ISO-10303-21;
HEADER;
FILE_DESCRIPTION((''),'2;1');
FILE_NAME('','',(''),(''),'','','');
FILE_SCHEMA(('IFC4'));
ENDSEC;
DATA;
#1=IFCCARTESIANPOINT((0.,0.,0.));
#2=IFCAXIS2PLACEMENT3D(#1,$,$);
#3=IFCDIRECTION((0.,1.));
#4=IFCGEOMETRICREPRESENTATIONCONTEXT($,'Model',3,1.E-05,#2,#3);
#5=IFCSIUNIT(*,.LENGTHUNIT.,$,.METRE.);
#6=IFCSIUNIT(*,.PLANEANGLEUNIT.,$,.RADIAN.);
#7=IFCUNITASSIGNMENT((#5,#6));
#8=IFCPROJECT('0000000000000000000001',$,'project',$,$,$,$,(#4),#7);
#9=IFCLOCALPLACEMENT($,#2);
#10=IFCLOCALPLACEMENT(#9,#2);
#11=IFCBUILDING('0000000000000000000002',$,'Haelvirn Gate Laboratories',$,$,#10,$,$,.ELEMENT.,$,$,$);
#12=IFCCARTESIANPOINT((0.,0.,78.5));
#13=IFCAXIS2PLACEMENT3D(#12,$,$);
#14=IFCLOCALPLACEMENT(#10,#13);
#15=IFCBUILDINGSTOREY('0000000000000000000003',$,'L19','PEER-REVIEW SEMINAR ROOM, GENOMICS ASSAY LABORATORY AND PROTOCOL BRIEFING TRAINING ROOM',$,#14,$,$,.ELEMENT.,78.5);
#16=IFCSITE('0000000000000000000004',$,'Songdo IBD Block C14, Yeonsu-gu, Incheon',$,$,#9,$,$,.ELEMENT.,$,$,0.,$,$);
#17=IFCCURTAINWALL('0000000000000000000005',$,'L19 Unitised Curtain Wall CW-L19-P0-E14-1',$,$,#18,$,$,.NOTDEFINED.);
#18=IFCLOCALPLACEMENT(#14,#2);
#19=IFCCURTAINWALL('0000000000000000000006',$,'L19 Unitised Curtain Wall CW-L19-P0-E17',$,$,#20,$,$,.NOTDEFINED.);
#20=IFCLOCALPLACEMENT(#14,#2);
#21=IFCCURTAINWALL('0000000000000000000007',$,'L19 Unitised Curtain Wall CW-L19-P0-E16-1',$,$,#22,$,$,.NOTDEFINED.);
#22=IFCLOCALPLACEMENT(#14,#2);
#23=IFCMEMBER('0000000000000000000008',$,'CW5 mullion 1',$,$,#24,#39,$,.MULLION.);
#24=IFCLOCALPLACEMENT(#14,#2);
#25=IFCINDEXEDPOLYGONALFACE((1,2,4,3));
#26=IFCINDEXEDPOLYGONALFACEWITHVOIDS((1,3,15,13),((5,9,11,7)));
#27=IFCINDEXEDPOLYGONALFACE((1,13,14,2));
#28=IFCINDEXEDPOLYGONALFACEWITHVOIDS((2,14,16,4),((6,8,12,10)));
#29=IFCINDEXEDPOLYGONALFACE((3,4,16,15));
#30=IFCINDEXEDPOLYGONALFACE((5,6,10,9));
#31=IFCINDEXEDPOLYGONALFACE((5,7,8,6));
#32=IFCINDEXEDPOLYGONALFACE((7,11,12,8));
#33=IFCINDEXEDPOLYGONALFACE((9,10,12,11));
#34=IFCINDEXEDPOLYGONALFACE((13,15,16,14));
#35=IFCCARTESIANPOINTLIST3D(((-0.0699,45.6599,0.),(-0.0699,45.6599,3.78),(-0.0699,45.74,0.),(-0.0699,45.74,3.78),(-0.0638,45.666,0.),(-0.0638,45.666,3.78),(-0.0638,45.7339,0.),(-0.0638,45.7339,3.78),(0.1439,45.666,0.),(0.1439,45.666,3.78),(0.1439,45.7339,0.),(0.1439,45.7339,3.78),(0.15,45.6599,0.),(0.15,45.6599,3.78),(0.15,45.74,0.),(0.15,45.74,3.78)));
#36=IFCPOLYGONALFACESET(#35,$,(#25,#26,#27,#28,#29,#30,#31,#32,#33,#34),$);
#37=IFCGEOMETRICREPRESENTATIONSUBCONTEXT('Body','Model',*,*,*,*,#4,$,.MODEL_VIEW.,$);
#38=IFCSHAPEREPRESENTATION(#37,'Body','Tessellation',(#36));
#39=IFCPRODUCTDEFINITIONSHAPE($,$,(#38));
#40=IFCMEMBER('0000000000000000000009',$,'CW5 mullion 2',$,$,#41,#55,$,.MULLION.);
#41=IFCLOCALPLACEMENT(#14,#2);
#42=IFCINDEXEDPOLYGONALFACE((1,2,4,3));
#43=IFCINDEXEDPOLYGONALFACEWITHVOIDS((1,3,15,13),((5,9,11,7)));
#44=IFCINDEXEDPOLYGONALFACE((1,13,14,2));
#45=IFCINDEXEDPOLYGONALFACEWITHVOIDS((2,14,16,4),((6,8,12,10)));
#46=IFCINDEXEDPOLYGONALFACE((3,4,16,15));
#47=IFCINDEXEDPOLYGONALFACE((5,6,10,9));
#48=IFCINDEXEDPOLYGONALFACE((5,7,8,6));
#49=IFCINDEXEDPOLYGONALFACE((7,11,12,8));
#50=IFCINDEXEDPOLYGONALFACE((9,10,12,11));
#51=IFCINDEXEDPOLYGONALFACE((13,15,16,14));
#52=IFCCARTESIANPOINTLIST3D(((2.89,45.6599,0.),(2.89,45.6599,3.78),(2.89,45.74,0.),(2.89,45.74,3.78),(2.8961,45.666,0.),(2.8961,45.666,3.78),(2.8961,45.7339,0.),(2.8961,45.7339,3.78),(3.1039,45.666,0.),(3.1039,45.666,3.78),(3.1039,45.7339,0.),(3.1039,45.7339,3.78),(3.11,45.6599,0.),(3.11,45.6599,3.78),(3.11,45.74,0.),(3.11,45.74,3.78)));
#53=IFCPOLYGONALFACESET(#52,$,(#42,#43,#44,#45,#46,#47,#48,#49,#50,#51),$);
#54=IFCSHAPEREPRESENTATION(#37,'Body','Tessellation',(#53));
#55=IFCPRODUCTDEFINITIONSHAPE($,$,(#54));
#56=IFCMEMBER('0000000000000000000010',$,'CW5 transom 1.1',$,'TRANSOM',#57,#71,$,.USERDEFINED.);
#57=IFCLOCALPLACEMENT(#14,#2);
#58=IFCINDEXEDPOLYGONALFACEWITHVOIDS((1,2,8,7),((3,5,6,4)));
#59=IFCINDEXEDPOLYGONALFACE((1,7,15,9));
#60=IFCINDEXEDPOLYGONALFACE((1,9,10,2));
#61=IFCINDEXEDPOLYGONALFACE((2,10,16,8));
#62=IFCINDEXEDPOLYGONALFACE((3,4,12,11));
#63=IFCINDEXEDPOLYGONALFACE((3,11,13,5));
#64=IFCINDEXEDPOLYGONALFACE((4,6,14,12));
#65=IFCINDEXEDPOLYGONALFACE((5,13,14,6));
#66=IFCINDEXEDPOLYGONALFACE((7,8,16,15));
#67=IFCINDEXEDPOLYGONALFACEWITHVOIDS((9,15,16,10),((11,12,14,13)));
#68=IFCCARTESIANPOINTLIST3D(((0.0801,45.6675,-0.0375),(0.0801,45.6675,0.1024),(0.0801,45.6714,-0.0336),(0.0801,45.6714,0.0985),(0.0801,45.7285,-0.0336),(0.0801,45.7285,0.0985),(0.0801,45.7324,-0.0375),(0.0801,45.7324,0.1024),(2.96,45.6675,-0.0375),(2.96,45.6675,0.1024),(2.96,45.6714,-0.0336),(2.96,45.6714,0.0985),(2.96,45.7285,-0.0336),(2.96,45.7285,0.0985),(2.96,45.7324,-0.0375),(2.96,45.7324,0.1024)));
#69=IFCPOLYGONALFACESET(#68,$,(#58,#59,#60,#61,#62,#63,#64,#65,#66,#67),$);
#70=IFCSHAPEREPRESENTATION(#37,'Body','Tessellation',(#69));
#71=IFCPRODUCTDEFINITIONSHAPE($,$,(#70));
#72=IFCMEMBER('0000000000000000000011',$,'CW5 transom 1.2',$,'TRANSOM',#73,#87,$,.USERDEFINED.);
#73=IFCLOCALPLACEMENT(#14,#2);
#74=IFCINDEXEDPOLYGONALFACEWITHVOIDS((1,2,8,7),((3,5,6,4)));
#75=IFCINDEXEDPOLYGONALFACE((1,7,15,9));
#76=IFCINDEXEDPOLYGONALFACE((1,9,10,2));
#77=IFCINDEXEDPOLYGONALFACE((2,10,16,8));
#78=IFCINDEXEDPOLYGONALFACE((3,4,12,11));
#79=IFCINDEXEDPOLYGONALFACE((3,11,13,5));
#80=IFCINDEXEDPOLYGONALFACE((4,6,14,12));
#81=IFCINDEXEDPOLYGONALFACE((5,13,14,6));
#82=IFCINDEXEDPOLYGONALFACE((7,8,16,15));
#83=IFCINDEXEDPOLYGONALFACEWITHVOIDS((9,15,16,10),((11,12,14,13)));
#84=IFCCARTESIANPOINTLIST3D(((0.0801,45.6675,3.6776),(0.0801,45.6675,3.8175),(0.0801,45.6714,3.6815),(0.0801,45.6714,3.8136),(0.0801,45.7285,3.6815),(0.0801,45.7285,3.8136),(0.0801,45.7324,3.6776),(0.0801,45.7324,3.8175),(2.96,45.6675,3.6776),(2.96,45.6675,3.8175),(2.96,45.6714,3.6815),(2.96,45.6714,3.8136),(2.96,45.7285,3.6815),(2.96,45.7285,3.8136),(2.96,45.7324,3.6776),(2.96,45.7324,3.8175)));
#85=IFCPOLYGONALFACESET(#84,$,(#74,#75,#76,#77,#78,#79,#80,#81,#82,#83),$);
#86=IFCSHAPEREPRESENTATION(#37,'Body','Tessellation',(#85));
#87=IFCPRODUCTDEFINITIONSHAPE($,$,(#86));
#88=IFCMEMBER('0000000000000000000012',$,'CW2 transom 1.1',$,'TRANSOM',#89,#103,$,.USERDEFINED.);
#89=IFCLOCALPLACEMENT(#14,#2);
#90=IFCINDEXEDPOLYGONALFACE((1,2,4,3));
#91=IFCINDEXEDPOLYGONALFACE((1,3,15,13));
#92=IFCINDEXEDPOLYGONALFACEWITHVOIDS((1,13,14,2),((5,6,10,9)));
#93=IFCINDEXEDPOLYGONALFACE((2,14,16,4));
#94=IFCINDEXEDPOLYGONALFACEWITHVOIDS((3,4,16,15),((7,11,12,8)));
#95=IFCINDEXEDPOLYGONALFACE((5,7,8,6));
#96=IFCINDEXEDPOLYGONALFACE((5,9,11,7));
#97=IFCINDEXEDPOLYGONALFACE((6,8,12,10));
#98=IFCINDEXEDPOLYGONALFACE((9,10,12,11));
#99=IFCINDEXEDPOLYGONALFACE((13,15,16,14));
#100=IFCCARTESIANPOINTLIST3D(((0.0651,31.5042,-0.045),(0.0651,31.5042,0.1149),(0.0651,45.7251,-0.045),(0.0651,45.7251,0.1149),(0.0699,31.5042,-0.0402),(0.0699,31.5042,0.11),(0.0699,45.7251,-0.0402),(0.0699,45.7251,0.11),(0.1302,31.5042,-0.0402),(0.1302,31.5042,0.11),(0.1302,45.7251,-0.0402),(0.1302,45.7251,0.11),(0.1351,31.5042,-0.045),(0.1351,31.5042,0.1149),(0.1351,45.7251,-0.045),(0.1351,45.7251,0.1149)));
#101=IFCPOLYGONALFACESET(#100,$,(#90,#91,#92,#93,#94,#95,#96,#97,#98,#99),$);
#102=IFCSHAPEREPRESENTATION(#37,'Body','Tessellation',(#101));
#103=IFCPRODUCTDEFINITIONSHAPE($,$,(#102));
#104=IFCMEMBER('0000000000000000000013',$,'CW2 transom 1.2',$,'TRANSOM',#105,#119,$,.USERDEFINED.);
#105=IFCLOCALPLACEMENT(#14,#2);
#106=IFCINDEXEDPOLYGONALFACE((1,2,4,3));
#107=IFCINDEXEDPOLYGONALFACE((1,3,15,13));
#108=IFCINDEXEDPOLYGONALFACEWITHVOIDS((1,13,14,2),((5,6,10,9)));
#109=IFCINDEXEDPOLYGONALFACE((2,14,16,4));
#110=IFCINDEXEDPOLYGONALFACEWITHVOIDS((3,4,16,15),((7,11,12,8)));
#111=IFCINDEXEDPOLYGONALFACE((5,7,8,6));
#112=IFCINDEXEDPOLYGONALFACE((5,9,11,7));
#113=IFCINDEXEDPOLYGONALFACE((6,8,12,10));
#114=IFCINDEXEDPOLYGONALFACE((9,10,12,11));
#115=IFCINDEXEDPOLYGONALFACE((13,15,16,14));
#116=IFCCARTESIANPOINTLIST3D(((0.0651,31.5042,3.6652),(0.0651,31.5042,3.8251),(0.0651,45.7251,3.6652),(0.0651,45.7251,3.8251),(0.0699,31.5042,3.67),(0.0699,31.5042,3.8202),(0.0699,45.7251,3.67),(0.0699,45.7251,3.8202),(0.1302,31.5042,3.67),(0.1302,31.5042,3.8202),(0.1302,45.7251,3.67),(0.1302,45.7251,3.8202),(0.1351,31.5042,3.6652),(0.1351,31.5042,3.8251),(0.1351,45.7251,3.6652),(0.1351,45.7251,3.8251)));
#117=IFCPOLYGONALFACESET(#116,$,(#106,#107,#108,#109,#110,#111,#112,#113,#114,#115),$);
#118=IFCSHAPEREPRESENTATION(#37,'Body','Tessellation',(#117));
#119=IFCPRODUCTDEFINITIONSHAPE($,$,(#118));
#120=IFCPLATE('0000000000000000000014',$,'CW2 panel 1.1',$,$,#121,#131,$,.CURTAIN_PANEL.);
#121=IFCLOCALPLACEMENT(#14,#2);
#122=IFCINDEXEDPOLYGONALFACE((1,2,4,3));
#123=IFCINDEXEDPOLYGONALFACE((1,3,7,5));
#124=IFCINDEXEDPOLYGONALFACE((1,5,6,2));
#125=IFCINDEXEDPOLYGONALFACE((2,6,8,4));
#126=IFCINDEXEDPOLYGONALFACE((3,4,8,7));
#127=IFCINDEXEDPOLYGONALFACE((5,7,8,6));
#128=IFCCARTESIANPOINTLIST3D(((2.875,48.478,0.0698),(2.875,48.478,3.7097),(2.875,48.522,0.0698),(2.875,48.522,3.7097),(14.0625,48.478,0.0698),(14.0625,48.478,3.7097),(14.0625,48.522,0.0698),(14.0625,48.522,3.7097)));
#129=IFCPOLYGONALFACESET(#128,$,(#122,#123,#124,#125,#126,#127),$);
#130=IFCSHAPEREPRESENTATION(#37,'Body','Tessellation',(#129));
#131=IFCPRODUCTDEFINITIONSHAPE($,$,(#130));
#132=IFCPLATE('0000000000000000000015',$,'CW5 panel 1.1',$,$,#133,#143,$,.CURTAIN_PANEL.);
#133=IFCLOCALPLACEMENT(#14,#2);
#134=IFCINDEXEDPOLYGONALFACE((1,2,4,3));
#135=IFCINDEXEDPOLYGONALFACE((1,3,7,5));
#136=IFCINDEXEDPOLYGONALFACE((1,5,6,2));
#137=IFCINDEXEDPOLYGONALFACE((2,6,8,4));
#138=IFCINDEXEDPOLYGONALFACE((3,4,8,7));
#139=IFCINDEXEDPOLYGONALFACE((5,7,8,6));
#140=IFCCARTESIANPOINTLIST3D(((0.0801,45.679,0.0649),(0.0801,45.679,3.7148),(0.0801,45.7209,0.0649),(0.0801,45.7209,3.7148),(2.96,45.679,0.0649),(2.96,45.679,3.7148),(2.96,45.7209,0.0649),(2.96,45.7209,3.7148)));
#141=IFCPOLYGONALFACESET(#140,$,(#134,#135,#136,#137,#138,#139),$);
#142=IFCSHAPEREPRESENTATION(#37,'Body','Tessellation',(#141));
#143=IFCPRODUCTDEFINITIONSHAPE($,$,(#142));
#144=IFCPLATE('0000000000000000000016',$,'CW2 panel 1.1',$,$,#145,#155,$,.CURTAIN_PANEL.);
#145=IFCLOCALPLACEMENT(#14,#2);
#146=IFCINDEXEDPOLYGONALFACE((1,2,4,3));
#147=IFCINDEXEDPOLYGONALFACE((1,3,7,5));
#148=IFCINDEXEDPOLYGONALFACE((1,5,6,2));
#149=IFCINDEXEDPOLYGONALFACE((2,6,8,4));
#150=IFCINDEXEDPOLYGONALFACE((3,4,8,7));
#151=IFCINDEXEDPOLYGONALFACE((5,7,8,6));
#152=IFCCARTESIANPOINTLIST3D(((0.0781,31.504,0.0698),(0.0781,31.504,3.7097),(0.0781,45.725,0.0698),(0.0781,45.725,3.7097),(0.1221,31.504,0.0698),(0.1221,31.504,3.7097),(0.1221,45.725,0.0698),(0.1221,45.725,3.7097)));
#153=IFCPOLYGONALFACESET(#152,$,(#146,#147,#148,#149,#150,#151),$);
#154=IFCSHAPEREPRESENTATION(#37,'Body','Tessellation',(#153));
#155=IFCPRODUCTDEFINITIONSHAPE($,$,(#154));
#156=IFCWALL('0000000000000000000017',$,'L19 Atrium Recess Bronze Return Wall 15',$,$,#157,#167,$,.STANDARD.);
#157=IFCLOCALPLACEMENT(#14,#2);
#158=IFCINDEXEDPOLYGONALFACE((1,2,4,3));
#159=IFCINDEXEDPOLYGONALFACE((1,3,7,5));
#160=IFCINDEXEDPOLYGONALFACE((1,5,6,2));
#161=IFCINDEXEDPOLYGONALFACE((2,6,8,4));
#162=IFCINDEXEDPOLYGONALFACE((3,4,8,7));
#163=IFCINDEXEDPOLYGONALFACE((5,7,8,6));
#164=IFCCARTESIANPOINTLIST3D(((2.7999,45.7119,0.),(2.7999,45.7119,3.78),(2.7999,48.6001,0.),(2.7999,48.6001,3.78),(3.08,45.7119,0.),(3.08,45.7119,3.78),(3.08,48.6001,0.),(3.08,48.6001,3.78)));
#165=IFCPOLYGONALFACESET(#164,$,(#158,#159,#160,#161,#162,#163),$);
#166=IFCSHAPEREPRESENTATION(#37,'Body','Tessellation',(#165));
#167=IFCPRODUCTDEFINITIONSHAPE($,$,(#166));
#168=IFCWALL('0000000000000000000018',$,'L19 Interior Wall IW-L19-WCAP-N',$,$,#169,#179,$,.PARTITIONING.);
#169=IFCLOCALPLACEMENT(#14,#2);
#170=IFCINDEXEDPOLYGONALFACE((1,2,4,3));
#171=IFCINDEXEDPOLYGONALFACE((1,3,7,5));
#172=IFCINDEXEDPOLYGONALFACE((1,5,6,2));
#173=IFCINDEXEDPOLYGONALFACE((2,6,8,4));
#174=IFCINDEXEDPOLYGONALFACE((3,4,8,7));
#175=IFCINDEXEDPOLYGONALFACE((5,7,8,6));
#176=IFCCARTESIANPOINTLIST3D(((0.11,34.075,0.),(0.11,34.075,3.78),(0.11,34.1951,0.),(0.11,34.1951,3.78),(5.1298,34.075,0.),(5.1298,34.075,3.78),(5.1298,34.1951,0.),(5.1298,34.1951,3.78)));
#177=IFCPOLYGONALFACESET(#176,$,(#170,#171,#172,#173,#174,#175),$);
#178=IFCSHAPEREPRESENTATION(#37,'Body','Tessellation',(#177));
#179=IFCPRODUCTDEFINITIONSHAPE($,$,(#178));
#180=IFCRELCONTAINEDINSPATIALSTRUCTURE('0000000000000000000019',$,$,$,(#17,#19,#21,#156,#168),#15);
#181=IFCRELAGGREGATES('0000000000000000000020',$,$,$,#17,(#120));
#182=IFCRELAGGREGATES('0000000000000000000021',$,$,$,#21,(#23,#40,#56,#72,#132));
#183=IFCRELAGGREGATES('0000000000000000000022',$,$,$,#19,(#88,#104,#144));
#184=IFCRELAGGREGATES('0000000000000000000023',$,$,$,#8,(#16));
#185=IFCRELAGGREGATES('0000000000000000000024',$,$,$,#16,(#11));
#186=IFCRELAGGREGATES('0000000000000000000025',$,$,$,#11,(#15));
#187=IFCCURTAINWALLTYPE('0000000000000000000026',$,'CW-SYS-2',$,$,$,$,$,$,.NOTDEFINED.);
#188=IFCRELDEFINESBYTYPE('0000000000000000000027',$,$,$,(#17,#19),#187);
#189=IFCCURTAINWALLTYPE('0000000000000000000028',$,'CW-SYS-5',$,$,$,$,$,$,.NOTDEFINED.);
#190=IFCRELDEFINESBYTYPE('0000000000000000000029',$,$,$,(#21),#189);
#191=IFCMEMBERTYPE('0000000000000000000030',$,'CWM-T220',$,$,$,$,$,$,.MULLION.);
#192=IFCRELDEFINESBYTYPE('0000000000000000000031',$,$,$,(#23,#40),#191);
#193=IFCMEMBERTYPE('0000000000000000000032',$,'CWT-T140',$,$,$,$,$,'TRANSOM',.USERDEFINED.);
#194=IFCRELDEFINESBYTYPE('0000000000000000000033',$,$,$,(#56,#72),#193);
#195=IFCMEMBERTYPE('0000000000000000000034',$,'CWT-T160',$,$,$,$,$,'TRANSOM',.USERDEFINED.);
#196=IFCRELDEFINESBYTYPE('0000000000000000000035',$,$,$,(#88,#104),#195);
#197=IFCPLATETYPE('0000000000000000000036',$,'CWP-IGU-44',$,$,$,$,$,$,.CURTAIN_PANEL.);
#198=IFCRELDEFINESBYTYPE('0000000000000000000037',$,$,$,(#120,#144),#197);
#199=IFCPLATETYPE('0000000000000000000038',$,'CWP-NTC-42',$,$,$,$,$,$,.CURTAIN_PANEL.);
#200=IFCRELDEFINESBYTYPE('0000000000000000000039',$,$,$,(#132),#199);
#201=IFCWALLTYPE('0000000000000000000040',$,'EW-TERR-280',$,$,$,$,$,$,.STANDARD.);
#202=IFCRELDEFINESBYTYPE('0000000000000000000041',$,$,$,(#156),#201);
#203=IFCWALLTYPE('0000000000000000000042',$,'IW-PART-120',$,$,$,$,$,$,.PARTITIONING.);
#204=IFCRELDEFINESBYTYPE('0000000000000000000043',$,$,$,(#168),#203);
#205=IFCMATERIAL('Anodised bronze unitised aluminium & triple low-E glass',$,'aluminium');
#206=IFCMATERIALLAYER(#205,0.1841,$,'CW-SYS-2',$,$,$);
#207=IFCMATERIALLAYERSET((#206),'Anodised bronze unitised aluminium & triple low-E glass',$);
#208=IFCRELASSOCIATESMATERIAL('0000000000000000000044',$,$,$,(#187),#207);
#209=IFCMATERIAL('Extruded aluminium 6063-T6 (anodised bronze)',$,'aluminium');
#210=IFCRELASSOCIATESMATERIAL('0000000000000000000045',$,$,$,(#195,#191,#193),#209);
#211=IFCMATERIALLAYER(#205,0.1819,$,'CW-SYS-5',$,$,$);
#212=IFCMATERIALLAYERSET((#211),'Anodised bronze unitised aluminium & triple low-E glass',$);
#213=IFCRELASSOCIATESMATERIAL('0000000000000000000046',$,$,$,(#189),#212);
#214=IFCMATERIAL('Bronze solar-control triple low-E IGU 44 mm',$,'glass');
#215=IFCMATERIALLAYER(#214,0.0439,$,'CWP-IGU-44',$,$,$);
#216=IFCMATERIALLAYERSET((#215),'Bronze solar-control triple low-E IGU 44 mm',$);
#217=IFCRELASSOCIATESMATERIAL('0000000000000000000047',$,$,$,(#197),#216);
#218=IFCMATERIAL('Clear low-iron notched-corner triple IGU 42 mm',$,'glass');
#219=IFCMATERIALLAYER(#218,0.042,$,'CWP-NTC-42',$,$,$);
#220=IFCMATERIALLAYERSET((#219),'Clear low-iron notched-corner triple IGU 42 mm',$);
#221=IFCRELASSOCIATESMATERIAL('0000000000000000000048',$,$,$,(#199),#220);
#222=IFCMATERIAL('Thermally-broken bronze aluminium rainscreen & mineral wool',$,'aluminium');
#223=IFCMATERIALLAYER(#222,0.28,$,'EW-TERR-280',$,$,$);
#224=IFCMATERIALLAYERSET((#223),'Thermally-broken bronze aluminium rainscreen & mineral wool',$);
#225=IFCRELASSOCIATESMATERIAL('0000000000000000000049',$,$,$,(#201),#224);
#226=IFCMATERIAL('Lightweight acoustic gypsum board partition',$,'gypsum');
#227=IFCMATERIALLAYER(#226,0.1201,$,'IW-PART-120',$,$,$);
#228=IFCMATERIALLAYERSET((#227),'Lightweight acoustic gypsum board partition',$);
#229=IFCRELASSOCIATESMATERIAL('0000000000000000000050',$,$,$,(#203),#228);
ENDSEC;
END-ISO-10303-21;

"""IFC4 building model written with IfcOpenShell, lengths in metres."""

from ifc_helpers import new_model, si_unit, direction, frame, frame_2d, origin, origin_2d, place, context, subcontext, project, spatial, rectangle, hollow_rectangle, extrude, source, transform, mapped, material, layer, layer_set, material_profile, profile_set, type_object, type_shapes, element, aggregate, save


model = new_model("IFC4")

# Units and contexts
model_context = context("Model", 3, precision=1e-05, world=origin(), true_north=direction((0.0, 1.0)))
body_context = subcontext(model_context, "Body", "Model", "MODEL_VIEW")
ifc_project = project(units=[si_unit("LENGTHUNIT", "METRE"), si_unit("PLANEANGLEUNIT", "RADIAN")], contexts=[model_context])

# Site, building, storey
site_placement = place(None, origin())
site = spatial("IfcSite", under=ifc_project, at=site_placement, Name="Songdo IBD Block C14, Yeonsu-gu, Incheon", CompositionType="ELEMENT", RefElevation=0.0)
building_placement = place(site_placement, origin())
building = spatial("IfcBuilding", under=site, at=building_placement, Name="Haelvirn Gate Laboratories", CompositionType="ELEMENT")
storey_placement = place(building_placement, frame((0.0, 0.0, 78.5)))
storey = spatial("IfcBuildingStorey", under=building, at=storey_placement, Name="L19", Description="PEER-REVIEW SEMINAR ROOM, GENOMICS ASSAY LABORATORY AND PROTOCOL BRIEFING TRAINING ROOM", CompositionType="ELEMENT", Elevation=78.5)

# Curtain walls
ifc_material_1 = material(Name="Anodised bronze unitised aluminium & triple low-E glass", Category="aluminium")
ifc_layer_1 = layer(ifc_material_1, 0.1841, Name="CW-SYS-2")
ifc_layer_set_1 = layer_set([ifc_layer_1], Name="Anodised bronze unitised aluminium & triple low-E glass")
curtain_wall_type_1 = type_object("IfcCurtainWallType", Name="CW-SYS-2", PredefinedType="NOTDEFINED", material=ifc_layer_set_1)
curtain_wall_1_placement = place(storey_placement, origin())
curtain_wall_1 = element("IfcCurtainWall", 1, at=curtain_wall_1_placement, inside=storey, type_object=curtain_wall_type_1, Name="L19 Unitised Curtain Wall CW-L19-P0-E14-1", PredefinedType="NOTDEFINED")
ifc_material_2 = material(Name="Extruded aluminium 6063-T6 (anodised bronze)", Category="aluminium")
curtain_wall_2_placement = place(storey_placement, origin())
curtain_wall_2 = element("IfcCurtainWall", 2, at=curtain_wall_2_placement, inside=storey, type_object=curtain_wall_type_1, Name="L19 Unitised Curtain Wall CW-L19-P0-E17", PredefinedType="NOTDEFINED")

# Shared definitions
ifc_material_profile_1 = material_profile(ifc_material_2, hollow_rectangle(XDim=0.0701, YDim=0.1599, WallThickness=0.0049, at=origin_2d()), Name="CWT-160x70x5")
ifc_profile_set_1 = profile_set([ifc_material_profile_1], Name="Extruded aluminium 6063-T6 (anodised bronze)")
member_type_1 = type_object("IfcMemberType", Name="CWT-T160", ElementType="TRANSOM", PredefinedType="USERDEFINED", material=ifc_profile_set_1)

# Curtain wall, members
ifc_layer_2 = layer(ifc_material_1, 0.1819, Name="CW-SYS-5")
ifc_layer_set_2 = layer_set([ifc_layer_2], Name="Anodised bronze unitised aluminium & triple low-E glass")
curtain_wall_type_2 = type_object("IfcCurtainWallType", Name="CW-SYS-5", PredefinedType="NOTDEFINED", material=ifc_layer_set_2)
curtain_wall_3_placement = place(storey_placement, origin())
curtain_wall_3 = element("IfcCurtainWall", 3, at=curtain_wall_3_placement, inside=storey, type_object=curtain_wall_type_2, Name="L19 Unitised Curtain Wall CW-L19-P0-E16-1", PredefinedType="NOTDEFINED")
ifc_material_profile_2 = material_profile(ifc_material_2, hollow_rectangle(XDim=0.0801, YDim=0.22, WallThickness=0.0061, at=origin_2d()), Name="CWM-220x80x6")
ifc_profile_set_2 = profile_set([ifc_material_profile_2], Name="Extruded aluminium 6063-T6 (anodised bronze)")
member_type_2 = type_object("IfcMemberType", Name="CWM-T220", PredefinedType="MULLION", material=ifc_profile_set_2)
shared_shape_1 = source(origin(), body_context, "Body", "SweptSolid", [
    extrude(hollow_rectangle(XDim=0.0801, YDim=0.22, WallThickness=0.0061, at=origin_2d()), origin(), (0.0, 0.0, 1.0), 3.78),
])
type_shapes(member_type_2, [shared_shape_1])
member_1_placement = place(storey_placement, frame((0.04, 45.7, 0.0), z_axis=(0.0, 0.0, 1.0), x_axis=(0.0, 1.0, 0.0)))
member_1 = element("IfcMember", 4, at=member_1_placement, type_object=member_type_2, Name="CW5 mullion 1", PredefinedType="MULLION", context=body_context, shape_type="MappedRepresentation", body=[
    mapped(shared_shape_1, transform((0.0, 0.0, 0.0), scale=1.0)),
])
member_2_placement = place(storey_placement, frame((3.0, 45.7, 0.0), z_axis=(0.0, 0.0, 1.0), x_axis=(0.0, 1.0, 0.0)))
member_2 = element("IfcMember", 5, at=member_2_placement, type_object=member_type_2, Name="CW5 mullion 2", PredefinedType="MULLION", context=body_context, shape_type="MappedRepresentation", body=[
    mapped(shared_shape_1, transform((0.0, 0.0, 0.0), scale=1.0)),
])
ifc_material_profile_3 = material_profile(ifc_material_2, hollow_rectangle(XDim=0.0649, YDim=0.1399, WallThickness=0.0039, at=origin_2d()), Name="CWT-140x65x4")
ifc_profile_set_3 = profile_set([ifc_material_profile_3], Name="Extruded aluminium 6063-T6 (anodised bronze)")
member_type_3 = type_object("IfcMemberType", Name="CWT-T140", ElementType="TRANSOM", PredefinedType="USERDEFINED", material=ifc_profile_set_3)
shared_shape_2 = source(origin(), body_context, "Body", "SweptSolid", [
    extrude(hollow_rectangle(XDim=0.0649, YDim=0.1399, WallThickness=0.0039, at=origin_2d()), origin(), (0.0, 0.0, 1.0), 2.8799),
])
type_shapes(member_type_3, [shared_shape_2])
member_3_placement = place(storey_placement, frame((0.0801, 45.7, 0.0325), z_axis=(1.0, 0.0, 0.0), x_axis=(0.0, 1.0, 0.0)))
member_3 = element("IfcMember", 6, at=member_3_placement, type_object=member_type_3, Name="CW5 transom 1.1", ObjectType="TRANSOM", PredefinedType="USERDEFINED", context=body_context, shape_type="MappedRepresentation", body=[
    mapped(shared_shape_2, transform((0.0, 0.0, 0.0), scale=1.0)),
])
member_4_placement = place(storey_placement, frame((0.0801, 45.7, 3.7476), z_axis=(1.0, 0.0, 0.0), x_axis=(0.0, 1.0, 0.0)))
member_4 = element("IfcMember", 7, at=member_4_placement, type_object=member_type_3, Name="CW5 transom 1.2", ObjectType="TRANSOM", PredefinedType="USERDEFINED", context=body_context, shape_type="MappedRepresentation", body=[
    mapped(shared_shape_2, transform((0.0, 0.0, 0.0), scale=1.0)),
])

# Members
shared_shape_3 = source(origin(), body_context, "Body", "SweptSolid", [
    extrude(hollow_rectangle(XDim=0.0701, YDim=0.1599, WallThickness=0.0049, at=origin_2d()), origin(), (0.0, 0.0, 1.0), 14.2209),
])
member_5_placement = place(storey_placement, frame((0.1001, 45.7251, 0.0349), z_axis=(0.0, -1.0, 0.0), x_axis=(1.0, 0.0, 0.0)))
member_5 = element("IfcMember", 8, at=member_5_placement, type_object=member_type_1, Name="CW2 transom 1.1", ObjectType="TRANSOM", PredefinedType="USERDEFINED", context=body_context, shape_type="MappedRepresentation", body=[
    mapped(shared_shape_3, transform((0.0, 0.0, 0.0), scale=1.0)),
])
member_6_placement = place(storey_placement, frame((0.1001, 45.7251, 3.7451), z_axis=(0.0, -1.0, 0.0), x_axis=(1.0, 0.0, 0.0)))
member_6 = element("IfcMember", 9, at=member_6_placement, type_object=member_type_1, Name="CW2 transom 1.2", ObjectType="TRANSOM", PredefinedType="USERDEFINED", context=body_context, shape_type="MappedRepresentation", body=[
    mapped(shared_shape_3, transform((0.0, 0.0, 0.0), scale=1.0)),
])

# Plates
ifc_material_3 = material(Name="Bronze solar-control triple low-E IGU 44 mm", Category="glass")
ifc_layer_3 = layer(ifc_material_3, 0.0439, Name="CWP-IGU-44")
ifc_layer_set_3 = layer_set([ifc_layer_3], Name="Bronze solar-control triple low-E IGU 44 mm")
plate_type_1 = type_object("IfcPlateType", Name="CWP-IGU-44", PredefinedType="CURTAIN_PANEL", material=ifc_layer_set_3)
shared_shape_4 = source(origin(), body_context, "Body", "SweptSolid", [
    extrude(rectangle(XDim=11.1875, YDim=0.0439, at=origin_2d()), origin(), (0.0, 0.0, 1.0), 3.6399),
])
plate_1_placement = place(storey_placement, frame((8.4688, 48.5, 0.0698), z_axis=(0.0, 0.0, 1.0), x_axis=(1.0, 0.0, 0.0)))
plate_1 = element("IfcPlate", 10, at=plate_1_placement, type_object=plate_type_1, Name="CW2 panel 1.1", PredefinedType="CURTAIN_PANEL", context=body_context, shape_type="MappedRepresentation", body=[
    mapped(shared_shape_4, transform((0.0, 0.0, 0.0), scale=1.0)),
])
aggregate(curtain_wall_1, [plate_1])
ifc_material_4 = material(Name="Clear low-iron notched-corner triple IGU 42 mm", Category="glass")
ifc_layer_4 = layer(ifc_material_4, 0.042, Name="CWP-NTC-42")
ifc_layer_set_4 = layer_set([ifc_layer_4], Name="Clear low-iron notched-corner triple IGU 42 mm")
plate_type_2 = type_object("IfcPlateType", Name="CWP-NTC-42", PredefinedType="CURTAIN_PANEL", material=ifc_layer_set_4)
shared_shape_5 = source(origin(), body_context, "Body", "SweptSolid", [
    extrude(rectangle(XDim=2.8799, YDim=0.042, at=origin_2d()), origin(), (0.0, 0.0, 1.0), 3.6499),
])
type_shapes(plate_type_2, [shared_shape_5])
plate_2_placement = place(storey_placement, frame((1.52, 45.7, 0.0649), z_axis=(0.0, 0.0, 1.0), x_axis=(1.0, 0.0, 0.0)))
plate_2 = element("IfcPlate", 11, at=plate_2_placement, type_object=plate_type_2, Name="CW5 panel 1.1", PredefinedType="CURTAIN_PANEL", context=body_context, shape_type="MappedRepresentation", body=[
    mapped(shared_shape_5, transform((0.0, 0.0, 0.0), scale=1.0)),
])
aggregate(curtain_wall_3, [member_1, member_2, member_3, member_4, plate_2])
shared_shape_6 = source(origin(), body_context, "Body", "SweptSolid", [
    extrude(rectangle(XDim=14.2209, YDim=0.0439, at=origin_2d()), origin(), (0.0, 0.0, 1.0), 3.6399),
])
type_shapes(plate_type_1, [shared_shape_4, shared_shape_6])
plate_3_placement = place(storey_placement, frame((0.1001, 38.6145, 0.0698), z_axis=(0.0, 0.0, 1.0), x_axis=(0.0, -1.0, 0.0)))
plate_3 = element("IfcPlate", 12, at=plate_3_placement, type_object=plate_type_1, Name="CW2 panel 1.1", PredefinedType="CURTAIN_PANEL", context=body_context, shape_type="MappedRepresentation", body=[
    mapped(shared_shape_6, transform((0.0, 0.0, 0.0), scale=1.0)),
])
aggregate(curtain_wall_2, [member_5, member_6, plate_3])

# Walls
ifc_material_5 = material(Name="Thermally-broken bronze aluminium rainscreen & mineral wool", Category="aluminium")
ifc_layer_5 = layer(ifc_material_5, 0.28, Name="EW-TERR-280")
ifc_layer_set_5 = layer_set([ifc_layer_5], Name="Thermally-broken bronze aluminium rainscreen & mineral wool")
wall_type_1 = type_object("IfcWallType", Name="EW-TERR-280", PredefinedType="STANDARD", material=ifc_layer_set_5)
wall_1_placement = place(storey_placement, frame((2.9399, 48.6001, 0.0), z_axis=(0.0, 0.0, 1.0), x_axis=(0.0, -1.0, 0.0)))
element("IfcWall", 13, at=wall_1_placement, inside=storey, type_object=wall_type_1, Name="L19 Atrium Recess Bronze Return Wall 15", PredefinedType="STANDARD", context=body_context, shape_type="SweptSolid", body=[
    extrude(rectangle(XDim=2.8882, YDim=0.28, at=frame_2d((1.4441, 0.0))), origin(), (0.0, 0.0, 1.0), 3.78),
])
ifc_material_6 = material(Name="Lightweight acoustic gypsum board partition", Category="gypsum")
ifc_layer_6 = layer(ifc_material_6, 0.1201, Name="IW-PART-120")
ifc_layer_set_6 = layer_set([ifc_layer_6], Name="Lightweight acoustic gypsum board partition")
wall_type_2 = type_object("IfcWallType", Name="IW-PART-120", PredefinedType="PARTITIONING", material=ifc_layer_set_6)
wall_2_placement = place(storey_placement, frame((0.1101, 34.135, 0.0), z_axis=(0.0, 0.0, 1.0), x_axis=(1.0, 0.0, 0.0)))
element("IfcWall", 14, at=wall_2_placement, inside=storey, type_object=wall_type_2, Name="L19 Interior Wall IW-L19-WCAP-N", PredefinedType="PARTITIONING", context=body_context, shape_type="SweptSolid", body=[
    extrude(rectangle(XDim=5.0198, YDim=0.1201, at=frame_2d((2.5098, 0.0))), origin(), (0.0, 0.0, 1.0), 3.78),
])

save(model, "model.ifc")
